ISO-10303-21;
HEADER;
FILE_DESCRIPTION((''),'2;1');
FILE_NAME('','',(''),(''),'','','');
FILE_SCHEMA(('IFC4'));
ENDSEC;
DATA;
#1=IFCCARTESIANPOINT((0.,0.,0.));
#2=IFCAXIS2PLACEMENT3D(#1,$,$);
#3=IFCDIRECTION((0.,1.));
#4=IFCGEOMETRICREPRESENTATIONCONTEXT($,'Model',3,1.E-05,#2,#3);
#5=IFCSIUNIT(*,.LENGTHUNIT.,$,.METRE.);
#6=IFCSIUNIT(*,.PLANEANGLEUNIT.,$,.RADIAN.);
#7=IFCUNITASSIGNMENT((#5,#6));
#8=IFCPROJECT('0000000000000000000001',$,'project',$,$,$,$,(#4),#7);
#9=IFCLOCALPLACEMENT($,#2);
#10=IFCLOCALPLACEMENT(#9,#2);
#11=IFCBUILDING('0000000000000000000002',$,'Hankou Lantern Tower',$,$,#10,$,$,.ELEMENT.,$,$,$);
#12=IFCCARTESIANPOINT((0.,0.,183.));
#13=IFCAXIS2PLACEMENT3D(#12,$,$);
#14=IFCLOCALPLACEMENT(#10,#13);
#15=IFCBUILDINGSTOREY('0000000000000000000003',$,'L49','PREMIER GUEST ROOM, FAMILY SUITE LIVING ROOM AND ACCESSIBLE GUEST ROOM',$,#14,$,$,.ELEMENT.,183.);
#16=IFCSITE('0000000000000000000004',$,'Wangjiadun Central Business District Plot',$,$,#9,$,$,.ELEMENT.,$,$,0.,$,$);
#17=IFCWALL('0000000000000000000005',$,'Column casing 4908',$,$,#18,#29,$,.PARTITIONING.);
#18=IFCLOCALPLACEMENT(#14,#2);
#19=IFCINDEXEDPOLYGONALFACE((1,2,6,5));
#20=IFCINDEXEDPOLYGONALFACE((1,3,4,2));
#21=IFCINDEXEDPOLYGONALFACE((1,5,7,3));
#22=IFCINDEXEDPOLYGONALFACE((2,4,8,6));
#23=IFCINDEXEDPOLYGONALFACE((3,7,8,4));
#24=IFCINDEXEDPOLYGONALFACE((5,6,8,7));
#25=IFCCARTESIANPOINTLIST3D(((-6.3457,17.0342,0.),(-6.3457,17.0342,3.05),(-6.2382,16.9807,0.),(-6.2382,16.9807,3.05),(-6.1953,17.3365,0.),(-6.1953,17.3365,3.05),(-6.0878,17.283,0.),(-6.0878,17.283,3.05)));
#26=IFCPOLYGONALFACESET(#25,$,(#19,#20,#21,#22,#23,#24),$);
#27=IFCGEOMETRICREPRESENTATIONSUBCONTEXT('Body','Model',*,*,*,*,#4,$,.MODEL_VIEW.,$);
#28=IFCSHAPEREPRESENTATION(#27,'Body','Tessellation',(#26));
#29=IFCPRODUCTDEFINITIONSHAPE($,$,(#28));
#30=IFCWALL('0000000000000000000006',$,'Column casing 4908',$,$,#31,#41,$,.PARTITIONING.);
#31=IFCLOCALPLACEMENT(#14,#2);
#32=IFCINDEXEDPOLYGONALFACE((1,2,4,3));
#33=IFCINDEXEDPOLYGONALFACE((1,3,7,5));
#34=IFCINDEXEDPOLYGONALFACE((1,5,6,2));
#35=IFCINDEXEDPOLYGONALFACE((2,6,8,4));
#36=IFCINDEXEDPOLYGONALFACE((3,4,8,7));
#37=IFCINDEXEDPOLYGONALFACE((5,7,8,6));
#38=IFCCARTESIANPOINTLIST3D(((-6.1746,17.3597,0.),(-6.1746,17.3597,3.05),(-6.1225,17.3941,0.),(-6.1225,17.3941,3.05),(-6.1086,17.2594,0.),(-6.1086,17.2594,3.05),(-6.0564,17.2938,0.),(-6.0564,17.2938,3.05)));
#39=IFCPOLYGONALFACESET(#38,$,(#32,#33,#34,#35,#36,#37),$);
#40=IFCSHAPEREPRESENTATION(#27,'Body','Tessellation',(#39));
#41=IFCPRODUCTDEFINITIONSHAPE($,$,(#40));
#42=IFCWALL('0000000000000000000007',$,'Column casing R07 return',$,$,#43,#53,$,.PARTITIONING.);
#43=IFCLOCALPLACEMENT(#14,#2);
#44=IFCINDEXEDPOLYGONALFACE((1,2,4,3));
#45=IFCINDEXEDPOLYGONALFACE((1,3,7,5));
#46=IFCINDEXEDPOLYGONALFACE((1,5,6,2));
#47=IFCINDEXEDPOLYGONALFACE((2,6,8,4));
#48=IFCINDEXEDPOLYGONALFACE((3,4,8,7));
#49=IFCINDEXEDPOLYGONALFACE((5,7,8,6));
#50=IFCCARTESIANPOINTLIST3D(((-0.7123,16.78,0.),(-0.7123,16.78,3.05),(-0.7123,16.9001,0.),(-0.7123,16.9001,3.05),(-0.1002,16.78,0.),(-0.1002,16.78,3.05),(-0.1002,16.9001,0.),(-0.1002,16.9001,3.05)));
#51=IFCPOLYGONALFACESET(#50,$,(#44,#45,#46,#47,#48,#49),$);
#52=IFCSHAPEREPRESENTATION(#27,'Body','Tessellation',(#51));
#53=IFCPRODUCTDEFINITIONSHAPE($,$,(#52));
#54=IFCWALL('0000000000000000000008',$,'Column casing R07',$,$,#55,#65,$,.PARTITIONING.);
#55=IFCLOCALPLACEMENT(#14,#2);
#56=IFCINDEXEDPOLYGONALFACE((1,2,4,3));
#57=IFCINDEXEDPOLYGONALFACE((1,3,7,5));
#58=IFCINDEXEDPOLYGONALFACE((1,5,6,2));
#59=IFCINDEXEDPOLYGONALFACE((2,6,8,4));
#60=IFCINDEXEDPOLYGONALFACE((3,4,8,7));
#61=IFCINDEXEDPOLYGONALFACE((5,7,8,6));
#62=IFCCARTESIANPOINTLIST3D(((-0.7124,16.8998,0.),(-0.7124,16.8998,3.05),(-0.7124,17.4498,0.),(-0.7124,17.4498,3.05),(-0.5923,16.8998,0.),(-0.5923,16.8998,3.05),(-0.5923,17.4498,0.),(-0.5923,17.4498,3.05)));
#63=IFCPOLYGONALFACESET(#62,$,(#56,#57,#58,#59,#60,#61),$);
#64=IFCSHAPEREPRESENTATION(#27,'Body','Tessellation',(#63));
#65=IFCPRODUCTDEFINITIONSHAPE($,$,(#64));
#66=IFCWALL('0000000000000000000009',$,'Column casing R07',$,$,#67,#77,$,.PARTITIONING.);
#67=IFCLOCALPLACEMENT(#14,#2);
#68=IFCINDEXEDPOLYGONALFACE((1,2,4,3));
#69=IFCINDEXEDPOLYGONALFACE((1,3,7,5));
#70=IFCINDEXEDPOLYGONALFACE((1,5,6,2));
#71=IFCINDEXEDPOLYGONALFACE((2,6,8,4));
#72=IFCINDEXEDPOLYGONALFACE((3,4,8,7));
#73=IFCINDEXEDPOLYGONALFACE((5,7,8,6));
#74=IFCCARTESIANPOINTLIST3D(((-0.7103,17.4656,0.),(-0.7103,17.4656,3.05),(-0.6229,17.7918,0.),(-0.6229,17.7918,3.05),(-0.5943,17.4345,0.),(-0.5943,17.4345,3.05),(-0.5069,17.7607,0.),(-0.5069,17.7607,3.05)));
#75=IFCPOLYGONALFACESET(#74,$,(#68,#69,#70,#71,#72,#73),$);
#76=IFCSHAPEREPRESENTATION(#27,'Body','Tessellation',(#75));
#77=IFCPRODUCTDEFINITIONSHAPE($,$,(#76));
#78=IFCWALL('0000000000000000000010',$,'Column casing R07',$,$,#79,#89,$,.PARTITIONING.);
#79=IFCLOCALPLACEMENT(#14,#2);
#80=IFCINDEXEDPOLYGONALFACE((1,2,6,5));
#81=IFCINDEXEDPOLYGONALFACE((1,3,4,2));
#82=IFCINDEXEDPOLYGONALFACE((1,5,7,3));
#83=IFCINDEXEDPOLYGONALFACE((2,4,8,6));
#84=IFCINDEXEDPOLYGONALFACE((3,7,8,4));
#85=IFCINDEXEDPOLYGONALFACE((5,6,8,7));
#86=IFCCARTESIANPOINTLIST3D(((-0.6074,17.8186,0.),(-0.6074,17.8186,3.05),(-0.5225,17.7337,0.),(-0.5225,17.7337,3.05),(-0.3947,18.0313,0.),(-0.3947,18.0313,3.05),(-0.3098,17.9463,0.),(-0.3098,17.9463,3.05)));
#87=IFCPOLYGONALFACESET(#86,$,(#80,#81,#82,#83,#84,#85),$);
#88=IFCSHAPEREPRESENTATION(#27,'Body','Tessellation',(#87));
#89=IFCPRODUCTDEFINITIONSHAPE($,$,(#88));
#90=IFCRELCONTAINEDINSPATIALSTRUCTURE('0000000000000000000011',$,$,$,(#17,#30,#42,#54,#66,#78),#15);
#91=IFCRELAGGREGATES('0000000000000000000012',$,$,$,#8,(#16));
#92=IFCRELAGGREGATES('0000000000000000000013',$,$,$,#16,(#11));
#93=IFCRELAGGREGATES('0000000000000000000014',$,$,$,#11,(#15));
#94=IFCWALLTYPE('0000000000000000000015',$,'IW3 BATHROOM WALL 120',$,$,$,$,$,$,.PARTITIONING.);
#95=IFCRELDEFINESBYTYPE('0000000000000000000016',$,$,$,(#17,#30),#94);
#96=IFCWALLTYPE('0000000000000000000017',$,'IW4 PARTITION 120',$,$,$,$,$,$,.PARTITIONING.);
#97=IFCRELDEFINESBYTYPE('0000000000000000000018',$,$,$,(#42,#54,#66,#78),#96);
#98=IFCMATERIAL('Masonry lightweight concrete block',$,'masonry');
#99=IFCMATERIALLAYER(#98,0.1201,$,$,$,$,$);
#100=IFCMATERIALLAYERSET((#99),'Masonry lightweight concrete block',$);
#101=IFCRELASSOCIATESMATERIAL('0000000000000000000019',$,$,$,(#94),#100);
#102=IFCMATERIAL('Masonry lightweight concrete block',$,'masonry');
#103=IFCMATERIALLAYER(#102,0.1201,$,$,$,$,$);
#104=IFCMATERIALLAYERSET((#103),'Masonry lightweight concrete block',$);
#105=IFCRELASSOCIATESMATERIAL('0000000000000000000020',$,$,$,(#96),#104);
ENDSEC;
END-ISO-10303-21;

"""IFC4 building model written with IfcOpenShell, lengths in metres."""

from ifc_helpers import new_model, si_unit, direction, frame, frame_2d, origin, place, context, subcontext, project, spatial, rectangle, extrude, material, layer, layer_set, type_object, element, save


model = new_model("IFC4")

# Units and contexts
model_context = context("Model", 3, precision=1e-05, world=origin(), true_north=direction((0.0, 1.0)))
body_context = subcontext(model_context, "Body", "Model", "MODEL_VIEW")
ifc_project = project(units=[si_unit("LENGTHUNIT", "METRE"), si_unit("PLANEANGLEUNIT", "RADIAN")], contexts=[model_context])

# Site, building, storey
site_placement = place(None, origin())
site = spatial("IfcSite", under=ifc_project, at=site_placement, Name="Wangjiadun Central Business District Plot", CompositionType="ELEMENT", RefElevation=0.0)
building_placement = place(site_placement, origin())
building = spatial("IfcBuilding", under=site, at=building_placement, Name="Hankou Lantern Tower", CompositionType="ELEMENT")
storey_placement = place(building_placement, frame((0.0, 0.0, 183.0)))
storey = spatial("IfcBuildingStorey", under=building, at=storey_placement, Name="L49", Description="PREMIER GUEST ROOM, FAMILY SUITE LIVING ROOM AND ACCESSIBLE GUEST ROOM", CompositionType="ELEMENT", Elevation=183.0)

# Shared definitions
ifc_material_1 = material(Name="Masonry lightweight concrete block", Category="masonry")
ifc_layer_1 = layer(ifc_material_1, 0.1201)
ifc_layer_set_1 = layer_set([ifc_layer_1], Name="Masonry lightweight concrete block")
wall_type_1 = type_object("IfcWallType", Name="IW3 BATHROOM WALL 120", PredefinedType="PARTITIONING", material=ifc_layer_set_1)

# Walls
for number, where, z_axis, x_axis, name in (
    (1, (-6.292, 17.0073, 0.0), (0.0, 0.0, 1.0), (0.445477, 0.895293, 0.0), "Column casing 4908"),
):
    element("IfcWall", number, at=place(storey_placement, frame(where, z_axis=z_axis, x_axis=x_axis)), inside=storey, type_object=wall_type_1, Name=name, PredefinedType="PARTITIONING", context=body_context, shape_type="SweptSolid", body=[
        extrude(rectangle(XDim=0.3376, YDim=0.1201, at=frame_2d((0.1689, 0.0))), origin(), (0.0, 0.0, 1.0), 3.05),
    ])
wall_1_placement = place(storey_placement, frame((-6.1416, 17.3096, 0.0), z_axis=(0.0, 0.0, 1.0), x_axis=(0.83504, 0.55019, 0.0)))
element("IfcWall", 2, at=wall_1_placement, inside=storey, type_object=wall_type_1, Name="Column casing 4908", PredefinedType="PARTITIONING", context=body_context, shape_type="SweptSolid", body=[
    extrude(rectangle(XDim=0.0625, YDim=0.1201, at=frame_2d((0.0312, 0.0))), origin(), (0.0, 0.0, 1.0), 3.05),
])
ifc_material_2 = material(Name="Masonry lightweight concrete block", Category="masonry")
ifc_layer_2 = layer(ifc_material_2, 0.1201)
ifc_layer_set_2 = layer_set([ifc_layer_2], Name="Masonry lightweight concrete block")
wall_type_2 = type_object("IfcWallType", Name="IW4 PARTITION 120", PredefinedType="PARTITIONING", material=ifc_layer_set_2)
wall_2_placement = place(storey_placement, frame((-0.1001, 16.8401, 0.0), z_axis=(0.0, 0.0, 1.0), x_axis=(-1.0, 0.0, 0.0)))
element("IfcWall", 3, at=wall_2_placement, inside=storey, type_object=wall_type_2, Name="Column casing R07 return", PredefinedType="PARTITIONING", context=body_context, shape_type="SweptSolid", body=[
    extrude(rectangle(XDim=0.6121, YDim=0.1201, at=frame_2d((0.3062, 0.0))), origin(), (0.0, 0.0, 1.0), 3.05),
])
wall_3_placement = place(storey_placement, frame((-0.6523, 16.8999, 0.0), z_axis=(0.0, 0.0, 1.0), x_axis=(0.0, 1.0, 0.0)))
element("IfcWall", 4, at=wall_3_placement, inside=storey, type_object=wall_type_2, Name="Column casing R07", PredefinedType="PARTITIONING", context=body_context, shape_type="SweptSolid", body=[
    extrude(rectangle(XDim=0.55, YDim=0.1201, at=frame_2d((0.2749, 0.0))), origin(), (0.0, 0.0, 1.0), 3.05),
])
wall_4_placement = place(storey_placement, frame((-0.6523, 17.45, 0.0), z_axis=(0.0, 0.0, 1.0), x_axis=(0.258832, 0.965922, 0.0)))
element("IfcWall", 5, at=wall_4_placement, inside=storey, type_object=wall_type_2, Name="Column casing R07", PredefinedType="PARTITIONING", context=body_context, shape_type="SweptSolid", body=[
    extrude(rectangle(XDim=0.3376, YDim=0.1201, at=frame_2d((0.1689, 0.0))), origin(), (0.0, 0.0, 1.0), 3.05),
])
wall_5_placement = place(storey_placement, frame((-0.5649, 17.7761, 0.0), z_axis=(0.0, 0.0, 1.0), x_axis=(0.707107, 0.707107, 0.0)))
element("IfcWall", 6, at=wall_5_placement, inside=storey, type_object=wall_type_2, Name="Column casing R07", PredefinedType="PARTITIONING", context=body_context, shape_type="SweptSolid", body=[
    extrude(rectangle(XDim=0.3008, YDim=0.1201, at=frame_2d((0.1504, 0.0))), origin(), (0.0, 0.0, 1.0), 3.05),
])

save(model, "model.ifc")
